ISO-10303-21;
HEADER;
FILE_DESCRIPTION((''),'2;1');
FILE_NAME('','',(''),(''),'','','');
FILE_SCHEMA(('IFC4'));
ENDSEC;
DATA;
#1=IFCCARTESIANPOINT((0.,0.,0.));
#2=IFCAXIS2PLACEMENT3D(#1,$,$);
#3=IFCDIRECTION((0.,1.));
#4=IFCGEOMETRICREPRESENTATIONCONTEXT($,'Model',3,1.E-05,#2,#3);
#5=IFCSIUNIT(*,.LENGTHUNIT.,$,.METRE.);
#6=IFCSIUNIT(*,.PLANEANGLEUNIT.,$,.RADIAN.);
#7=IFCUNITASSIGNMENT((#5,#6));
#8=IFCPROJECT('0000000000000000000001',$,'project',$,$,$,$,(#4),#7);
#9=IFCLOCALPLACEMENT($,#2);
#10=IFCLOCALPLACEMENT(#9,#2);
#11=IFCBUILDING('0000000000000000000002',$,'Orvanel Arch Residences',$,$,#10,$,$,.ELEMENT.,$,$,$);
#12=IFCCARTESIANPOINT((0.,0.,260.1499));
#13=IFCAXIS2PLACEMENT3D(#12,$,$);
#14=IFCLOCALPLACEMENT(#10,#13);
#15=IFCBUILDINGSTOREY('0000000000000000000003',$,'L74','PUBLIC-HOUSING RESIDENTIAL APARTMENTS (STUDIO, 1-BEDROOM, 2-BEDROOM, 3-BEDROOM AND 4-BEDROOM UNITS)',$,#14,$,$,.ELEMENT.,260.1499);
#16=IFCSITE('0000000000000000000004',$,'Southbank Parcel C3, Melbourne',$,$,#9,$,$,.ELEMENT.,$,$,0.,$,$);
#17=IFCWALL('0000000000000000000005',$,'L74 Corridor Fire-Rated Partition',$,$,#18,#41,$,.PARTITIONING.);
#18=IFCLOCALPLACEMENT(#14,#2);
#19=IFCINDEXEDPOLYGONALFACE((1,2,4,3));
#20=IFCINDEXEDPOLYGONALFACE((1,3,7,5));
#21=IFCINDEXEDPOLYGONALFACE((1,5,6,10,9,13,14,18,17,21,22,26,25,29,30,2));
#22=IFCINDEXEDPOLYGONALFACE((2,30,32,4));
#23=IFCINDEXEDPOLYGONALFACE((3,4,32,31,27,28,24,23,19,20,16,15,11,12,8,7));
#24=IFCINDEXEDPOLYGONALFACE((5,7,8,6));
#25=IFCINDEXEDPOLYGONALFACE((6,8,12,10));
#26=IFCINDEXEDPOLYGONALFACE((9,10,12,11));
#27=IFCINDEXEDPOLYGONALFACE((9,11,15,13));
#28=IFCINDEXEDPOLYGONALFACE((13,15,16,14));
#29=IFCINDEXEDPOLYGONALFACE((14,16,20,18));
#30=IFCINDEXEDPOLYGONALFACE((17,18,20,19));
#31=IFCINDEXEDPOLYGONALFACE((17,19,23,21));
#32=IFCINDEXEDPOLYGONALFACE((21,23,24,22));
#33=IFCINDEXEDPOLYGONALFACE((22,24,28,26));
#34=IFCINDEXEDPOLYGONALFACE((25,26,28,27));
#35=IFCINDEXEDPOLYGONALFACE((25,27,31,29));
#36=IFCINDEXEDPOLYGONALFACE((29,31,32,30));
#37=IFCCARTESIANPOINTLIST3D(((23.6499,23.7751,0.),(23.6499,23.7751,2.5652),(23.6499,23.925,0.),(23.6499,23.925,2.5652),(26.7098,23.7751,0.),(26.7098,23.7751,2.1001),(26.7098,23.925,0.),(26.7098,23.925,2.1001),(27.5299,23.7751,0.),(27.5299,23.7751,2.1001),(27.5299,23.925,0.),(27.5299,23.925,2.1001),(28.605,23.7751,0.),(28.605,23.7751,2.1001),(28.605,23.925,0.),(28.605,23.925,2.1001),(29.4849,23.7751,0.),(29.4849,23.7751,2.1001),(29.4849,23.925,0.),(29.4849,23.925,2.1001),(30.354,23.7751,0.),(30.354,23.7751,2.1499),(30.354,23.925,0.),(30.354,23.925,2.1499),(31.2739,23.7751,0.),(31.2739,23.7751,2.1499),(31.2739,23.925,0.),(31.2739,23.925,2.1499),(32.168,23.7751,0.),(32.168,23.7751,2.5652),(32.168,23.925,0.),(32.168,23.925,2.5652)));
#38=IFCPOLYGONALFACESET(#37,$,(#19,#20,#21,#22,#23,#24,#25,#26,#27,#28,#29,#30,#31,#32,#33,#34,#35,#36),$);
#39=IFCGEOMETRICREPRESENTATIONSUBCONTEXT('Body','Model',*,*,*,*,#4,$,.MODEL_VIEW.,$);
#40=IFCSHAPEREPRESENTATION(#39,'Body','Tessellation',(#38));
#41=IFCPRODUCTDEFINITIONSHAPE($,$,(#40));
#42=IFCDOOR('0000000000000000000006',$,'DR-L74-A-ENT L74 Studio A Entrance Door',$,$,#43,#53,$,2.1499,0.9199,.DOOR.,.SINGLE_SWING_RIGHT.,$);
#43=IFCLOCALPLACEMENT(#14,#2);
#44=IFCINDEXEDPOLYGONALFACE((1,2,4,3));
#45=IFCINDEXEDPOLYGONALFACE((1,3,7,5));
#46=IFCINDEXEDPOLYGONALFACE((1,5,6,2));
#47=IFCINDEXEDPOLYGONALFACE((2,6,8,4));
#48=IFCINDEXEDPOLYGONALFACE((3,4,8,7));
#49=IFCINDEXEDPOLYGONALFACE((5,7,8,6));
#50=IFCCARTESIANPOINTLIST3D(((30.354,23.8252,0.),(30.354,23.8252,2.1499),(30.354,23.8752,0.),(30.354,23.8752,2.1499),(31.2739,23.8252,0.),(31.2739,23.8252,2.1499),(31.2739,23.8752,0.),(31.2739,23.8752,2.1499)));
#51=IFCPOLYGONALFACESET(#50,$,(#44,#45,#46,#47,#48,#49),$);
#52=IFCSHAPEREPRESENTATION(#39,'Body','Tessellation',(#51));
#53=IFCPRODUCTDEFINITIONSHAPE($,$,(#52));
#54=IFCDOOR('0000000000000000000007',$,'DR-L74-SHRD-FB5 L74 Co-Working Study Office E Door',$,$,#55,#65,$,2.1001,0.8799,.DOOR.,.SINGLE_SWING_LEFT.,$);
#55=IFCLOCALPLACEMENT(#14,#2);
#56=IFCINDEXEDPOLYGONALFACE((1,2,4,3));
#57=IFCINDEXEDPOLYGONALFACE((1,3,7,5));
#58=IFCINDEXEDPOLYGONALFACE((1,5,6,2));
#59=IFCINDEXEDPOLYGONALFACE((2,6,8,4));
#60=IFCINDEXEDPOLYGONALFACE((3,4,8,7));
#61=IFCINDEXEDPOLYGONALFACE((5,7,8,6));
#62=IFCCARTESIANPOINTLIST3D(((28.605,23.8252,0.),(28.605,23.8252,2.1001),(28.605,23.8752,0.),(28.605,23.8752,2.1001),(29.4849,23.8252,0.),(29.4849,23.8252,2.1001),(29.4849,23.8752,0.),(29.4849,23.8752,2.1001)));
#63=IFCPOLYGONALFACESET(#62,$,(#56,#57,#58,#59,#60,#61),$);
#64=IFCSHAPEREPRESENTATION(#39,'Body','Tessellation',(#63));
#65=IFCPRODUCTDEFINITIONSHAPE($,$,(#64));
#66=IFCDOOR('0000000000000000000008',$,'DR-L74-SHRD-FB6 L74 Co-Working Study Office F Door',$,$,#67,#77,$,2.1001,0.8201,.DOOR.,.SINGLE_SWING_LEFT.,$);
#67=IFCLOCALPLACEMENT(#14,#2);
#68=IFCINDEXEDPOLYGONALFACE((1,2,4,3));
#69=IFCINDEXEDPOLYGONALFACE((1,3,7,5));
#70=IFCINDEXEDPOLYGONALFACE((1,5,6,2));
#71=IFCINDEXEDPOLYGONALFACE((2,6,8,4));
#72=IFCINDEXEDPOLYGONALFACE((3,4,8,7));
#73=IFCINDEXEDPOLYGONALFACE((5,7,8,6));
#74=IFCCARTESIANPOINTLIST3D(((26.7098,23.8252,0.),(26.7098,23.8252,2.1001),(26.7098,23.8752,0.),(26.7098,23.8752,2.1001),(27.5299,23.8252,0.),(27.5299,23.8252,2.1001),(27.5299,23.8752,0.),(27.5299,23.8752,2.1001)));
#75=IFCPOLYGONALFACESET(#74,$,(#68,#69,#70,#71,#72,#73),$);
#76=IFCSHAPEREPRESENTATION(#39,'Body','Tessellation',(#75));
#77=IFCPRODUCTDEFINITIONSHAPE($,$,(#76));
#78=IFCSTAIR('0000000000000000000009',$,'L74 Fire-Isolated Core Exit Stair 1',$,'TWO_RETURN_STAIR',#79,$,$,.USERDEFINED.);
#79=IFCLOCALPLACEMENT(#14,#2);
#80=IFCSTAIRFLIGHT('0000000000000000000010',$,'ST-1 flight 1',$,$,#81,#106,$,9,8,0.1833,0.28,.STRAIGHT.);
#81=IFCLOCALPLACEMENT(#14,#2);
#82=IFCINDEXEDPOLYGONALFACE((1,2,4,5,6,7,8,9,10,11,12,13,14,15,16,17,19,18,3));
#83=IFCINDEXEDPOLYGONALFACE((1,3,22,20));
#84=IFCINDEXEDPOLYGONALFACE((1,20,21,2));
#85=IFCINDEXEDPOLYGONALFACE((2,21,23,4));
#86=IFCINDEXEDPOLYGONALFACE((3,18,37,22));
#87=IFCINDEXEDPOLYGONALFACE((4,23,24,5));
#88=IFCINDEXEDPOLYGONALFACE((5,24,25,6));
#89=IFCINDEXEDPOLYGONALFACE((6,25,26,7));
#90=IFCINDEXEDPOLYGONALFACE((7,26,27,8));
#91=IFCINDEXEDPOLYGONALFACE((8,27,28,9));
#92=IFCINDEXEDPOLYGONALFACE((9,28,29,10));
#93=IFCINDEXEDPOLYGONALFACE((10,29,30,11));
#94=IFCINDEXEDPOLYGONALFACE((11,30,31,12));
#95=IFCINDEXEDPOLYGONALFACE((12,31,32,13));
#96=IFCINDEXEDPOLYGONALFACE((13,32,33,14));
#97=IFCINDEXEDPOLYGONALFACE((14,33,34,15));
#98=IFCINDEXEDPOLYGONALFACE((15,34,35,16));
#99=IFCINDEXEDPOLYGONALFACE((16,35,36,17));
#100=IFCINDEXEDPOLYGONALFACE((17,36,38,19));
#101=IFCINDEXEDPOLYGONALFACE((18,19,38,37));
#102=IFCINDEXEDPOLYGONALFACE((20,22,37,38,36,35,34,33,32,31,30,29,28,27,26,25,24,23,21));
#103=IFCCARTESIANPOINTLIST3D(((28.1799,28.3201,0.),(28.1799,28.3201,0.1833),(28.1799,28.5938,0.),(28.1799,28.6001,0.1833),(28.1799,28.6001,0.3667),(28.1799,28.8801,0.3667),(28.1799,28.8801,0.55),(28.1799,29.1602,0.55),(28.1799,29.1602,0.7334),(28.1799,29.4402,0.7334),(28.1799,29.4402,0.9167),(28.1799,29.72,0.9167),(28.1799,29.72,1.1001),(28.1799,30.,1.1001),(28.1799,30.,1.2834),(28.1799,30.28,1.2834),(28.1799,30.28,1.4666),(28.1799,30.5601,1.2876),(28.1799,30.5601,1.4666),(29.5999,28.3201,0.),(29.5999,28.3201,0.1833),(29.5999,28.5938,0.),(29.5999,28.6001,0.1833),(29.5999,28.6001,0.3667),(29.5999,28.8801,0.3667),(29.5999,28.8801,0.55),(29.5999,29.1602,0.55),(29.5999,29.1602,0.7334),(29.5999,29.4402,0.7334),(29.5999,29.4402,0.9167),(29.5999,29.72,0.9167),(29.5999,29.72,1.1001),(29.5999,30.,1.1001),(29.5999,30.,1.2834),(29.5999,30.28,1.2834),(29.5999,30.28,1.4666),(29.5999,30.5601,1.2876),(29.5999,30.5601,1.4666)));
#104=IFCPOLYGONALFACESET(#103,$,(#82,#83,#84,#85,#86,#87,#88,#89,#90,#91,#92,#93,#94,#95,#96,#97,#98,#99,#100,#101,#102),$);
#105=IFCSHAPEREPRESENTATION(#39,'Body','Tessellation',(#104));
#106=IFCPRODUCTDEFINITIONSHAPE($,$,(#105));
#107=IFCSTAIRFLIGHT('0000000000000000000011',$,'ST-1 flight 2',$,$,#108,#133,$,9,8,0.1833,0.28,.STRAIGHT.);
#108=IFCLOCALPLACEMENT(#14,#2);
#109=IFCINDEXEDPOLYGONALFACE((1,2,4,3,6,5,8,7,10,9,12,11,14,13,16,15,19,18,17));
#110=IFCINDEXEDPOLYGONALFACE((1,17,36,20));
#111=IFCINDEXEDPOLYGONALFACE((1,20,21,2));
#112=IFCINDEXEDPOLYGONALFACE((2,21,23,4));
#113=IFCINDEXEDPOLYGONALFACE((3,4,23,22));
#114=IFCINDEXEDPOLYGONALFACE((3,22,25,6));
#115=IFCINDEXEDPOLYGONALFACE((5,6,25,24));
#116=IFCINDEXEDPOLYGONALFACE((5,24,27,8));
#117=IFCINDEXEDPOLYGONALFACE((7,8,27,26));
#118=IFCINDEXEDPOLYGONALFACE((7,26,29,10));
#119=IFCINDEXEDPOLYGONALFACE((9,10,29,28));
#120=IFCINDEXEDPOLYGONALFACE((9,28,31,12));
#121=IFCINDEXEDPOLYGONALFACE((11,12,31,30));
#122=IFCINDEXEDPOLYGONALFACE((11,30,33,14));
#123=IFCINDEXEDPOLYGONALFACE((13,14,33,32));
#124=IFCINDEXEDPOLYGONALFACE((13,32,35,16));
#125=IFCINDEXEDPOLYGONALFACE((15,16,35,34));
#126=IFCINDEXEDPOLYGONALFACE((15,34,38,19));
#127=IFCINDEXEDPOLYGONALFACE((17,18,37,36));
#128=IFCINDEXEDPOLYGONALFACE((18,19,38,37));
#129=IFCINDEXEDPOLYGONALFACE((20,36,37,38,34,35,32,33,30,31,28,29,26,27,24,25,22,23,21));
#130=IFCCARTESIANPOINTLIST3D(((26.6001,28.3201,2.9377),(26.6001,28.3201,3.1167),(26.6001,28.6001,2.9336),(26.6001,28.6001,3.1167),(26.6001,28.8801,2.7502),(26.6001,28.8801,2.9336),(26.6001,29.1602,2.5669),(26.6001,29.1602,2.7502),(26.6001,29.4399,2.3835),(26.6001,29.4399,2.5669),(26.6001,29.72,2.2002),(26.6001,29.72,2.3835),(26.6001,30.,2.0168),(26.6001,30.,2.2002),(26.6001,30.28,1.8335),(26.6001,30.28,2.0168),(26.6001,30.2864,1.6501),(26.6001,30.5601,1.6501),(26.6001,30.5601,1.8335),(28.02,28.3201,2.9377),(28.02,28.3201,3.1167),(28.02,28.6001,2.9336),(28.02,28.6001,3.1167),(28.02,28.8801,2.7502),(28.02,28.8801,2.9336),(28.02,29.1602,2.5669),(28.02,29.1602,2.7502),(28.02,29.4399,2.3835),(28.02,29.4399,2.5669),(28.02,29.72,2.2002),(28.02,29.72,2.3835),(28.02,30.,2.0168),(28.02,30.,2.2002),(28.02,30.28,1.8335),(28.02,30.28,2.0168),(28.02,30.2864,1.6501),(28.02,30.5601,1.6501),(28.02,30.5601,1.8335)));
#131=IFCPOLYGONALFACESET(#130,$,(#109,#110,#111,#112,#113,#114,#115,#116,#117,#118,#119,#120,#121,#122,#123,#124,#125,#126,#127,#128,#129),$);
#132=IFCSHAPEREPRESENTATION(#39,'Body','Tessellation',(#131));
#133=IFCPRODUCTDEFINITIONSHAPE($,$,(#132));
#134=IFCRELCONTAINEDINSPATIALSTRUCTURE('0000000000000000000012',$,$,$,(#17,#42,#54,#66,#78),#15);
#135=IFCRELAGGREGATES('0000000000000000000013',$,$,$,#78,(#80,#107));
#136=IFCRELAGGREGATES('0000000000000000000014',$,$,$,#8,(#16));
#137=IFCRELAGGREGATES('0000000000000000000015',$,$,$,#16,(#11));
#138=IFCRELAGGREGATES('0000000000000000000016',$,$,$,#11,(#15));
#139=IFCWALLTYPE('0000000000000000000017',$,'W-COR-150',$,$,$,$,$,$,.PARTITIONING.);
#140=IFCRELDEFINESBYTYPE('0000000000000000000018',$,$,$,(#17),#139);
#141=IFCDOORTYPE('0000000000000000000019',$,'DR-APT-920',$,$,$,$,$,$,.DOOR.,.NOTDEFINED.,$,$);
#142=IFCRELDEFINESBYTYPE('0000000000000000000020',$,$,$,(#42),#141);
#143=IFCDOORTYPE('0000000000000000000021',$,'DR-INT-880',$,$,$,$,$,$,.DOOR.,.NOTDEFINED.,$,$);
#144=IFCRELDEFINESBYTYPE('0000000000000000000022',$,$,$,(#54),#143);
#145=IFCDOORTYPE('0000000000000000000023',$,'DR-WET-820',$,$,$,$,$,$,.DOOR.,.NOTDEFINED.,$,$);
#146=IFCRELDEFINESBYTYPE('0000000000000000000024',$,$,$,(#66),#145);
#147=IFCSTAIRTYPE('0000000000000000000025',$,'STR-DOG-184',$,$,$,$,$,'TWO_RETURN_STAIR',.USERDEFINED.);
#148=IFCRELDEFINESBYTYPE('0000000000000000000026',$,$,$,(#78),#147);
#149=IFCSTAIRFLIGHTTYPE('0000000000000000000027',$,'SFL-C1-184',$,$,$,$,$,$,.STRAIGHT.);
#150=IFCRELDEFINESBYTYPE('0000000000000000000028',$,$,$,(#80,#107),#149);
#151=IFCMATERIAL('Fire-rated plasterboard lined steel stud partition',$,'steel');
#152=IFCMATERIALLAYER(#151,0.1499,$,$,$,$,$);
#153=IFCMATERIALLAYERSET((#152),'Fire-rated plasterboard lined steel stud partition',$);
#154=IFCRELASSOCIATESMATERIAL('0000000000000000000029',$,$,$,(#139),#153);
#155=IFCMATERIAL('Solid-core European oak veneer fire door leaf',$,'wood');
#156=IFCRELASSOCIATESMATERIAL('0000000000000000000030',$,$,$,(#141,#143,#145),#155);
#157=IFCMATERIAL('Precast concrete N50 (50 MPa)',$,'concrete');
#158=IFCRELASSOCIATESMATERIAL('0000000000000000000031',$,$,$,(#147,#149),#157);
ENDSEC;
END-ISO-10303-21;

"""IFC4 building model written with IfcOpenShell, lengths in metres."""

from ifc_helpers import new_model, si_unit, direction, frame, frame_2d, origin, place, context, subcontext, project, spatial, polyline, rectangle, outline, extrude, material, layer, layer_set, type_object, element, fill, aggregate, save


model = new_model("IFC4")

# Units and contexts
model_context = context("Model", 3, precision=1e-05, world=origin(), true_north=direction((0.0, 1.0)))
body_context = subcontext(model_context, "Body", "Model", "MODEL_VIEW")
ifc_project = project(units=[si_unit("LENGTHUNIT", "METRE"), si_unit("PLANEANGLEUNIT", "RADIAN")], contexts=[model_context])

# Site, building, storey
site_placement = place(None, origin())
site = spatial("IfcSite", under=ifc_project, at=site_placement, Name="Southbank Parcel C3, Melbourne", CompositionType="ELEMENT", RefElevation=0.0)
building_placement = place(site_placement, origin())
building = spatial("IfcBuilding", under=site, at=building_placement, Name="Orvanel Arch Residences", CompositionType="ELEMENT")
storey_placement = place(building_placement, frame((0.0, 0.0, 260.1499)))
storey = spatial("IfcBuildingStorey", under=building, at=storey_placement, Name="L74", Description="PUBLIC-HOUSING RESIDENTIAL APARTMENTS (STUDIO, 1-BEDROOM, 2-BEDROOM, 3-BEDROOM AND 4-BEDROOM UNITS)", CompositionType="ELEMENT", Elevation=260.1499)

# Wall, openings, doors
ifc_material_1 = material(Name="Fire-rated plasterboard lined steel stud partition", Category="steel")
ifc_layer_1 = layer(ifc_material_1, 0.1499)
ifc_layer_set_1 = layer_set([ifc_layer_1], Name="Fire-rated plasterboard lined steel stud partition")
wall_type_1 = type_object("IfcWallType", Name="W-COR-150", PredefinedType="PARTITIONING", material=ifc_layer_set_1)
wall_1_placement = place(storey_placement, frame((32.168, 23.8501, 0.0), z_axis=(0.0, 0.0, 1.0), x_axis=(-1.0, 0.0, 0.0)))
wall_1 = element("IfcWall", 1, at=wall_1_placement, inside=storey, type_object=wall_type_1, Name="L74 Corridor Fire-Rated Partition", PredefinedType="PARTITIONING", context=body_context, shape_type="SweptSolid", body=[
    extrude(rectangle(XDim=8.5181, YDim=0.1499, at=frame_2d((4.259, 0.0))), origin(), (0.0, 0.0, 1.0), 2.5652),
])
opening_1_placement = place(wall_1_placement, frame((0.894, 0.0, 0.0)))
opening_1 = element("IfcOpeningElement", 2, at=opening_1_placement, cuts=wall_1, PredefinedType="OPENING", context=body_context, shape_type="SweptSolid", body=[
    extrude(rectangle(XDim=0.9199, YDim=2.1499, at=frame_2d((0.46, 1.075))), frame((0.0, 0.085, 0.0), z_axis=(0.0, -1.0, 0.0), x_axis=(1.0, 0.0, 0.0)), (0.0, 0.0, 1.0), 0.1699),
])
opening_2_placement = place(wall_1_placement, frame((2.6831, 0.0, 0.0)))
opening_2 = element("IfcOpeningElement", 3, at=opening_2_placement, cuts=wall_1, PredefinedType="OPENING", context=body_context, shape_type="SweptSolid", body=[
    extrude(rectangle(XDim=0.8799, YDim=2.1001, at=frame_2d((0.4399, 1.05))), frame((0.0, 0.085, 0.0), z_axis=(0.0, -1.0, 0.0), x_axis=(1.0, 0.0, 0.0)), (0.0, 0.0, 1.0), 0.1699),
])
opening_3_placement = place(wall_1_placement, frame((4.6379, 0.0, 0.0)))
opening_3 = element("IfcOpeningElement", 4, at=opening_3_placement, cuts=wall_1, PredefinedType="OPENING", context=body_context, shape_type="SweptSolid", body=[
    extrude(rectangle(XDim=0.8201, YDim=2.1001, at=frame_2d((0.4102, 1.05))), frame((0.0, 0.085, 0.0), z_axis=(0.0, -1.0, 0.0), x_axis=(1.0, 0.0, 0.0)), (0.0, 0.0, 1.0), 0.1699),
])
ifc_material_2 = material(Name="Solid-core European oak veneer fire door leaf", Category="wood")
door_type_1 = type_object("IfcDoorType", Name="DR-APT-920", OperationType="NOTDEFINED", PredefinedType="DOOR", material=ifc_material_2)
door_1_placement = place(opening_1_placement, origin())
door_1 = element("IfcDoor", 5, at=door_1_placement, inside=storey, type_object=door_type_1, Name="DR-L74-A-ENT L74 Studio A Entrance Door", OperationType="SINGLE_SWING_RIGHT", OverallHeight=2.1499, OverallWidth=0.9199, PredefinedType="DOOR", context=body_context, shape_type="SweptSolid", body=[
    extrude(rectangle(XDim=0.9199, YDim=2.1499, at=frame_2d((0.46, 1.075))), frame((0.0, 0.0249, 0.0), z_axis=(0.0, -1.0, 0.0), x_axis=(1.0, 0.0, 0.0)), (0.0, 0.0, 1.0), 0.05),
])
fill(opening_1, door_1)
door_type_2 = type_object("IfcDoorType", Name="DR-INT-880", OperationType="NOTDEFINED", PredefinedType="DOOR", material=ifc_material_2)
door_2_placement = place(opening_2_placement, origin())
door_2 = element("IfcDoor", 6, at=door_2_placement, inside=storey, type_object=door_type_2, Name="DR-L74-SHRD-FB5 L74 Co-Working Study Office E Door", OperationType="SINGLE_SWING_LEFT", OverallHeight=2.1001, OverallWidth=0.8799, PredefinedType="DOOR", context=body_context, shape_type="SweptSolid", body=[
    extrude(rectangle(XDim=0.8799, YDim=2.1001, at=frame_2d((0.4399, 1.05))), frame((0.0, 0.0249, 0.0), z_axis=(0.0, -1.0, 0.0), x_axis=(1.0, 0.0, 0.0)), (0.0, 0.0, 1.0), 0.05),
])
fill(opening_2, door_2)
door_type_3 = type_object("IfcDoorType", Name="DR-WET-820", OperationType="NOTDEFINED", PredefinedType="DOOR", material=ifc_material_2)
door_3_placement = place(opening_3_placement, origin())
door_3 = element("IfcDoor", 7, at=door_3_placement, inside=storey, type_object=door_type_3, Name="DR-L74-SHRD-FB6 L74 Co-Working Study Office F Door", OperationType="SINGLE_SWING_LEFT", OverallHeight=2.1001, OverallWidth=0.8201, PredefinedType="DOOR", context=body_context, shape_type="SweptSolid", body=[
    extrude(rectangle(XDim=0.8201, YDim=2.1001, at=frame_2d((0.4102, 1.05))), frame((0.0, 0.0249, 0.0), z_axis=(0.0, -1.0, 0.0), x_axis=(1.0, 0.0, 0.0)), (0.0, 0.0, 1.0), 0.05),
])
fill(opening_3, door_3)

# Stair, stair flights
ifc_material_3 = material(Name="Precast concrete N50 (50 MPa)", Category="concrete")
stair_type = type_object("IfcStairType", Name="STR-DOG-184", ElementType="TWO_RETURN_STAIR", PredefinedType="USERDEFINED", material=ifc_material_3)
stair_placement = place(storey_placement, origin())
stair = element("IfcStair", 8, at=stair_placement, inside=storey, type_object=stair_type, Name="L74 Fire-Isolated Core Exit Stair 1", ObjectType="TWO_RETURN_STAIR", PredefinedType="USERDEFINED")
stair_flight_type = type_object("IfcStairFlightType", Name="SFL-C1-184", PredefinedType="STRAIGHT", material=ifc_material_3)
stair_flight_1_placement = place(storey_placement, frame((28.8899, 28.3201, 0.0), z_axis=(0.0, 0.0, 1.0), x_axis=(0.0, 1.0, 0.0)))
stair_flight_1 = element("IfcStairFlight", 9, at=stair_flight_1_placement, type_object=stair_flight_type, Name="ST-1 flight 1", NumberOfRisers=9, NumberOfTreads=8, PredefinedType="STRAIGHT", RiserHeight=0.1833, TreadLength=0.28, context=body_context, shape_type="SweptSolid", body=[
    extrude(outline(polyline([(0.0, 0.0), (0.0, 0.1833), (0.28, 0.1833), (0.28, 0.3667), (0.5601, 0.3667), (0.5601, 0.55), (0.8401, 0.55), (0.8401, 0.7334), (1.1201, 0.7334), (1.1201, 0.9167), (1.3999, 0.9167), (1.3999, 1.1001), (1.6799, 1.1001), (1.6799, 1.2834), (1.96, 1.2834), (1.96, 1.4666), (2.24, 1.4666), (2.24, 1.6499), (2.24, 1.2876), (0.2737, 0.0), (0.0, 0.0)])), frame((0.0, 0.71, 0.0), z_axis=(0.0, -1.0, 0.0), x_axis=(1.0, 0.0, 0.0)), (0.0, 0.0, 1.0), 1.4199),
])
stair_flight_2_placement = place(storey_placement, frame((27.3101, 30.5601, 1.6501), z_axis=(0.0, 0.0, 1.0), x_axis=(0.0, -1.0, 0.0)))
stair_flight_2 = element("IfcStairFlight", 10, at=stair_flight_2_placement, type_object=stair_flight_type, Name="ST-1 flight 2", NumberOfRisers=9, NumberOfTreads=8, PredefinedType="STRAIGHT", RiserHeight=0.1833, TreadLength=0.28, context=body_context, shape_type="SweptSolid", body=[
    extrude(outline(polyline([(0.0, 0.0), (0.0, 0.1833), (0.28, 0.1833), (0.28, 0.3667), (0.5601, 0.3667), (0.5601, 0.55), (0.8401, 0.55), (0.8401, 0.7334), (1.1201, 0.7334), (1.1201, 0.9167), (1.3999, 0.9167), (1.3999, 1.1001), (1.6799, 1.1001), (1.6799, 1.2834), (1.96, 1.2834), (1.96, 1.4666), (2.24, 1.4666), (2.24, 1.6499), (2.24, 1.2876), (0.2737, 0.0), (0.0, 0.0)])), frame((0.0, 0.71, 0.0), z_axis=(0.0, -1.0, 0.0), x_axis=(1.0, 0.0, 0.0)), (0.0, 0.0, 1.0), 1.4199),
])
aggregate(stair, [stair_flight_1, stair_flight_2])

save(model, "model.ifc")
